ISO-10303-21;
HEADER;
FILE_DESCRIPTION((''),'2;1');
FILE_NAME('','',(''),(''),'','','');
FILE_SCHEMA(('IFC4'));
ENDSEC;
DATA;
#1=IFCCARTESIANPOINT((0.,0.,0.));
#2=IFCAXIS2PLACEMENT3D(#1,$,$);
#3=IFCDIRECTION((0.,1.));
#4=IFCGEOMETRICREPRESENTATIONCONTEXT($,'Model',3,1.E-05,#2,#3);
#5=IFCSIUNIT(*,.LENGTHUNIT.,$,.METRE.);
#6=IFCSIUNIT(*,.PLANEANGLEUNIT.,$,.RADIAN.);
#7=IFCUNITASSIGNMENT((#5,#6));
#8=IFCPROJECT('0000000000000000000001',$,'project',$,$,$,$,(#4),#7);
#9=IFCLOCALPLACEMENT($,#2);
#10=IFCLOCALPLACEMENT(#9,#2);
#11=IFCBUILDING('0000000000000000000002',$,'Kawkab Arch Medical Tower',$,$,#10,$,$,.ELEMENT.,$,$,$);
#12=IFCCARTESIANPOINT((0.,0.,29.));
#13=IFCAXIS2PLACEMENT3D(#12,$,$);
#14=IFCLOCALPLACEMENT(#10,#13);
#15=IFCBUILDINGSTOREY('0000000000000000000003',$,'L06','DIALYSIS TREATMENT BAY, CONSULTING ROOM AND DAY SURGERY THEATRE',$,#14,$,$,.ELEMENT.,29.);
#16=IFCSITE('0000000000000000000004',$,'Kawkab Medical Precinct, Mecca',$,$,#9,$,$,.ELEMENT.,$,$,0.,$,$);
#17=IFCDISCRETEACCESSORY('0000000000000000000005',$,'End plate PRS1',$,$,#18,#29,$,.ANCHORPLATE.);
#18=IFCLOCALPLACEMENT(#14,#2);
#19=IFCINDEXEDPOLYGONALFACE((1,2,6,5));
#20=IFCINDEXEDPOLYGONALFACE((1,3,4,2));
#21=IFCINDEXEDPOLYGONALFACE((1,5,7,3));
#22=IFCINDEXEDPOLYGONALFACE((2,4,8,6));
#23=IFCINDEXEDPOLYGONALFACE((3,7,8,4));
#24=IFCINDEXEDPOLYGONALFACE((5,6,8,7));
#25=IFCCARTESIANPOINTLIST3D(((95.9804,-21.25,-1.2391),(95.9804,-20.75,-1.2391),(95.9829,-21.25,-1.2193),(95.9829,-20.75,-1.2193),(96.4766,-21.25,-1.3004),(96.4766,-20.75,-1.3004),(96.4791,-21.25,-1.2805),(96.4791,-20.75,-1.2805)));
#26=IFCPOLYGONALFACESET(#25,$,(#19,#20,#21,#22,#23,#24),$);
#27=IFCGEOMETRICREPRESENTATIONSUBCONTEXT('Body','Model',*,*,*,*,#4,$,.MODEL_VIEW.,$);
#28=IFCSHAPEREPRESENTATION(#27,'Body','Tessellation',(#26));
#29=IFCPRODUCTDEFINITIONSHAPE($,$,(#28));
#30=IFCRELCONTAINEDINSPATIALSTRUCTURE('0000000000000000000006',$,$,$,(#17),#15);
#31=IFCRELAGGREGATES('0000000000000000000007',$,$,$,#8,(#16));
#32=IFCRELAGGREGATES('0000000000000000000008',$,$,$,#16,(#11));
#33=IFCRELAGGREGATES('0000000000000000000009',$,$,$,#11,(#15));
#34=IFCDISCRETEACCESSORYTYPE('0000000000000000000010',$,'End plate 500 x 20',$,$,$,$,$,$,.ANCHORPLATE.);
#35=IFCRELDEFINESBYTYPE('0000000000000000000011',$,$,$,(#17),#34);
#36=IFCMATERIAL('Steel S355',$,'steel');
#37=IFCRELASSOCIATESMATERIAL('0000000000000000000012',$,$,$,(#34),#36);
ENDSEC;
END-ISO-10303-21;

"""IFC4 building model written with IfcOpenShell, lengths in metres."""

from ifc_helpers import new_model, si_unit, direction, frame, origin, origin_2d, place, context, subcontext, project, spatial, rectangle, extrude, material, material_profile, profile_set, type_object, element, save


model = new_model("IFC4")

# Units and contexts
model_context = context("Model", 3, precision=1e-05, world=origin(), true_north=direction((0.0, 1.0)))
body_context = subcontext(model_context, "Body", "Model", "MODEL_VIEW")
ifc_project = project(units=[si_unit("LENGTHUNIT", "METRE"), si_unit("PLANEANGLEUNIT", "RADIAN")], contexts=[model_context])

# Site, building, storey
site_placement = place(None, origin())
site = spatial("IfcSite", under=ifc_project, at=site_placement, Name="Kawkab Medical Precinct, Mecca", CompositionType="ELEMENT", RefElevation=0.0)
building_placement = place(site_placement, origin())
building = spatial("IfcBuilding", under=site, at=building_placement, Name="Kawkab Arch Medical Tower", CompositionType="ELEMENT")
storey_placement = place(building_placement, frame((0.0, 0.0, 29.0)))
storey = spatial("IfcBuildingStorey", under=building, at=storey_placement, Name="L06", Description="DIALYSIS TREATMENT BAY, CONSULTING ROOM AND DAY SURGERY THEATRE", CompositionType="ELEMENT", Elevation=29.0)

# Discrete accessory
ifc_material_1 = material(Name="Steel S355", Category="steel")
ifc_material_profile_1 = material_profile(ifc_material_1, rectangle(XDim=0.5, YDim=0.5, at=origin_2d()), Name="End plate 500 x 20")
ifc_profile_set_1 = profile_set([ifc_material_profile_1], Name="Steel S355")
discrete_accessory_type = type_object("IfcDiscreteAccessoryType", Name="End plate 500 x 20", PredefinedType="ANCHORPLATE", material=ifc_profile_set_1)
for number, where, z_axis, x_axis, name in (
    (1, (96.2285, -21.0, -1.2698), (0.122527, 0.0, 0.992465), (0.0, 1.0, 0.0), "End plate PRS1"),
):
    element("IfcDiscreteAccessory", number, at=place(storey_placement, frame(where, z_axis=z_axis, x_axis=x_axis)), inside=storey, type_object=discrete_accessory_type, Name=name, PredefinedType="ANCHORPLATE", context=body_context, shape_type="SweptSolid", body=[
        extrude(rectangle(XDim=0.5, YDim=0.5, at=origin_2d()), origin(), (0.0, 0.0, 1.0), 0.02),
    ])

save(model, "model.ifc")
